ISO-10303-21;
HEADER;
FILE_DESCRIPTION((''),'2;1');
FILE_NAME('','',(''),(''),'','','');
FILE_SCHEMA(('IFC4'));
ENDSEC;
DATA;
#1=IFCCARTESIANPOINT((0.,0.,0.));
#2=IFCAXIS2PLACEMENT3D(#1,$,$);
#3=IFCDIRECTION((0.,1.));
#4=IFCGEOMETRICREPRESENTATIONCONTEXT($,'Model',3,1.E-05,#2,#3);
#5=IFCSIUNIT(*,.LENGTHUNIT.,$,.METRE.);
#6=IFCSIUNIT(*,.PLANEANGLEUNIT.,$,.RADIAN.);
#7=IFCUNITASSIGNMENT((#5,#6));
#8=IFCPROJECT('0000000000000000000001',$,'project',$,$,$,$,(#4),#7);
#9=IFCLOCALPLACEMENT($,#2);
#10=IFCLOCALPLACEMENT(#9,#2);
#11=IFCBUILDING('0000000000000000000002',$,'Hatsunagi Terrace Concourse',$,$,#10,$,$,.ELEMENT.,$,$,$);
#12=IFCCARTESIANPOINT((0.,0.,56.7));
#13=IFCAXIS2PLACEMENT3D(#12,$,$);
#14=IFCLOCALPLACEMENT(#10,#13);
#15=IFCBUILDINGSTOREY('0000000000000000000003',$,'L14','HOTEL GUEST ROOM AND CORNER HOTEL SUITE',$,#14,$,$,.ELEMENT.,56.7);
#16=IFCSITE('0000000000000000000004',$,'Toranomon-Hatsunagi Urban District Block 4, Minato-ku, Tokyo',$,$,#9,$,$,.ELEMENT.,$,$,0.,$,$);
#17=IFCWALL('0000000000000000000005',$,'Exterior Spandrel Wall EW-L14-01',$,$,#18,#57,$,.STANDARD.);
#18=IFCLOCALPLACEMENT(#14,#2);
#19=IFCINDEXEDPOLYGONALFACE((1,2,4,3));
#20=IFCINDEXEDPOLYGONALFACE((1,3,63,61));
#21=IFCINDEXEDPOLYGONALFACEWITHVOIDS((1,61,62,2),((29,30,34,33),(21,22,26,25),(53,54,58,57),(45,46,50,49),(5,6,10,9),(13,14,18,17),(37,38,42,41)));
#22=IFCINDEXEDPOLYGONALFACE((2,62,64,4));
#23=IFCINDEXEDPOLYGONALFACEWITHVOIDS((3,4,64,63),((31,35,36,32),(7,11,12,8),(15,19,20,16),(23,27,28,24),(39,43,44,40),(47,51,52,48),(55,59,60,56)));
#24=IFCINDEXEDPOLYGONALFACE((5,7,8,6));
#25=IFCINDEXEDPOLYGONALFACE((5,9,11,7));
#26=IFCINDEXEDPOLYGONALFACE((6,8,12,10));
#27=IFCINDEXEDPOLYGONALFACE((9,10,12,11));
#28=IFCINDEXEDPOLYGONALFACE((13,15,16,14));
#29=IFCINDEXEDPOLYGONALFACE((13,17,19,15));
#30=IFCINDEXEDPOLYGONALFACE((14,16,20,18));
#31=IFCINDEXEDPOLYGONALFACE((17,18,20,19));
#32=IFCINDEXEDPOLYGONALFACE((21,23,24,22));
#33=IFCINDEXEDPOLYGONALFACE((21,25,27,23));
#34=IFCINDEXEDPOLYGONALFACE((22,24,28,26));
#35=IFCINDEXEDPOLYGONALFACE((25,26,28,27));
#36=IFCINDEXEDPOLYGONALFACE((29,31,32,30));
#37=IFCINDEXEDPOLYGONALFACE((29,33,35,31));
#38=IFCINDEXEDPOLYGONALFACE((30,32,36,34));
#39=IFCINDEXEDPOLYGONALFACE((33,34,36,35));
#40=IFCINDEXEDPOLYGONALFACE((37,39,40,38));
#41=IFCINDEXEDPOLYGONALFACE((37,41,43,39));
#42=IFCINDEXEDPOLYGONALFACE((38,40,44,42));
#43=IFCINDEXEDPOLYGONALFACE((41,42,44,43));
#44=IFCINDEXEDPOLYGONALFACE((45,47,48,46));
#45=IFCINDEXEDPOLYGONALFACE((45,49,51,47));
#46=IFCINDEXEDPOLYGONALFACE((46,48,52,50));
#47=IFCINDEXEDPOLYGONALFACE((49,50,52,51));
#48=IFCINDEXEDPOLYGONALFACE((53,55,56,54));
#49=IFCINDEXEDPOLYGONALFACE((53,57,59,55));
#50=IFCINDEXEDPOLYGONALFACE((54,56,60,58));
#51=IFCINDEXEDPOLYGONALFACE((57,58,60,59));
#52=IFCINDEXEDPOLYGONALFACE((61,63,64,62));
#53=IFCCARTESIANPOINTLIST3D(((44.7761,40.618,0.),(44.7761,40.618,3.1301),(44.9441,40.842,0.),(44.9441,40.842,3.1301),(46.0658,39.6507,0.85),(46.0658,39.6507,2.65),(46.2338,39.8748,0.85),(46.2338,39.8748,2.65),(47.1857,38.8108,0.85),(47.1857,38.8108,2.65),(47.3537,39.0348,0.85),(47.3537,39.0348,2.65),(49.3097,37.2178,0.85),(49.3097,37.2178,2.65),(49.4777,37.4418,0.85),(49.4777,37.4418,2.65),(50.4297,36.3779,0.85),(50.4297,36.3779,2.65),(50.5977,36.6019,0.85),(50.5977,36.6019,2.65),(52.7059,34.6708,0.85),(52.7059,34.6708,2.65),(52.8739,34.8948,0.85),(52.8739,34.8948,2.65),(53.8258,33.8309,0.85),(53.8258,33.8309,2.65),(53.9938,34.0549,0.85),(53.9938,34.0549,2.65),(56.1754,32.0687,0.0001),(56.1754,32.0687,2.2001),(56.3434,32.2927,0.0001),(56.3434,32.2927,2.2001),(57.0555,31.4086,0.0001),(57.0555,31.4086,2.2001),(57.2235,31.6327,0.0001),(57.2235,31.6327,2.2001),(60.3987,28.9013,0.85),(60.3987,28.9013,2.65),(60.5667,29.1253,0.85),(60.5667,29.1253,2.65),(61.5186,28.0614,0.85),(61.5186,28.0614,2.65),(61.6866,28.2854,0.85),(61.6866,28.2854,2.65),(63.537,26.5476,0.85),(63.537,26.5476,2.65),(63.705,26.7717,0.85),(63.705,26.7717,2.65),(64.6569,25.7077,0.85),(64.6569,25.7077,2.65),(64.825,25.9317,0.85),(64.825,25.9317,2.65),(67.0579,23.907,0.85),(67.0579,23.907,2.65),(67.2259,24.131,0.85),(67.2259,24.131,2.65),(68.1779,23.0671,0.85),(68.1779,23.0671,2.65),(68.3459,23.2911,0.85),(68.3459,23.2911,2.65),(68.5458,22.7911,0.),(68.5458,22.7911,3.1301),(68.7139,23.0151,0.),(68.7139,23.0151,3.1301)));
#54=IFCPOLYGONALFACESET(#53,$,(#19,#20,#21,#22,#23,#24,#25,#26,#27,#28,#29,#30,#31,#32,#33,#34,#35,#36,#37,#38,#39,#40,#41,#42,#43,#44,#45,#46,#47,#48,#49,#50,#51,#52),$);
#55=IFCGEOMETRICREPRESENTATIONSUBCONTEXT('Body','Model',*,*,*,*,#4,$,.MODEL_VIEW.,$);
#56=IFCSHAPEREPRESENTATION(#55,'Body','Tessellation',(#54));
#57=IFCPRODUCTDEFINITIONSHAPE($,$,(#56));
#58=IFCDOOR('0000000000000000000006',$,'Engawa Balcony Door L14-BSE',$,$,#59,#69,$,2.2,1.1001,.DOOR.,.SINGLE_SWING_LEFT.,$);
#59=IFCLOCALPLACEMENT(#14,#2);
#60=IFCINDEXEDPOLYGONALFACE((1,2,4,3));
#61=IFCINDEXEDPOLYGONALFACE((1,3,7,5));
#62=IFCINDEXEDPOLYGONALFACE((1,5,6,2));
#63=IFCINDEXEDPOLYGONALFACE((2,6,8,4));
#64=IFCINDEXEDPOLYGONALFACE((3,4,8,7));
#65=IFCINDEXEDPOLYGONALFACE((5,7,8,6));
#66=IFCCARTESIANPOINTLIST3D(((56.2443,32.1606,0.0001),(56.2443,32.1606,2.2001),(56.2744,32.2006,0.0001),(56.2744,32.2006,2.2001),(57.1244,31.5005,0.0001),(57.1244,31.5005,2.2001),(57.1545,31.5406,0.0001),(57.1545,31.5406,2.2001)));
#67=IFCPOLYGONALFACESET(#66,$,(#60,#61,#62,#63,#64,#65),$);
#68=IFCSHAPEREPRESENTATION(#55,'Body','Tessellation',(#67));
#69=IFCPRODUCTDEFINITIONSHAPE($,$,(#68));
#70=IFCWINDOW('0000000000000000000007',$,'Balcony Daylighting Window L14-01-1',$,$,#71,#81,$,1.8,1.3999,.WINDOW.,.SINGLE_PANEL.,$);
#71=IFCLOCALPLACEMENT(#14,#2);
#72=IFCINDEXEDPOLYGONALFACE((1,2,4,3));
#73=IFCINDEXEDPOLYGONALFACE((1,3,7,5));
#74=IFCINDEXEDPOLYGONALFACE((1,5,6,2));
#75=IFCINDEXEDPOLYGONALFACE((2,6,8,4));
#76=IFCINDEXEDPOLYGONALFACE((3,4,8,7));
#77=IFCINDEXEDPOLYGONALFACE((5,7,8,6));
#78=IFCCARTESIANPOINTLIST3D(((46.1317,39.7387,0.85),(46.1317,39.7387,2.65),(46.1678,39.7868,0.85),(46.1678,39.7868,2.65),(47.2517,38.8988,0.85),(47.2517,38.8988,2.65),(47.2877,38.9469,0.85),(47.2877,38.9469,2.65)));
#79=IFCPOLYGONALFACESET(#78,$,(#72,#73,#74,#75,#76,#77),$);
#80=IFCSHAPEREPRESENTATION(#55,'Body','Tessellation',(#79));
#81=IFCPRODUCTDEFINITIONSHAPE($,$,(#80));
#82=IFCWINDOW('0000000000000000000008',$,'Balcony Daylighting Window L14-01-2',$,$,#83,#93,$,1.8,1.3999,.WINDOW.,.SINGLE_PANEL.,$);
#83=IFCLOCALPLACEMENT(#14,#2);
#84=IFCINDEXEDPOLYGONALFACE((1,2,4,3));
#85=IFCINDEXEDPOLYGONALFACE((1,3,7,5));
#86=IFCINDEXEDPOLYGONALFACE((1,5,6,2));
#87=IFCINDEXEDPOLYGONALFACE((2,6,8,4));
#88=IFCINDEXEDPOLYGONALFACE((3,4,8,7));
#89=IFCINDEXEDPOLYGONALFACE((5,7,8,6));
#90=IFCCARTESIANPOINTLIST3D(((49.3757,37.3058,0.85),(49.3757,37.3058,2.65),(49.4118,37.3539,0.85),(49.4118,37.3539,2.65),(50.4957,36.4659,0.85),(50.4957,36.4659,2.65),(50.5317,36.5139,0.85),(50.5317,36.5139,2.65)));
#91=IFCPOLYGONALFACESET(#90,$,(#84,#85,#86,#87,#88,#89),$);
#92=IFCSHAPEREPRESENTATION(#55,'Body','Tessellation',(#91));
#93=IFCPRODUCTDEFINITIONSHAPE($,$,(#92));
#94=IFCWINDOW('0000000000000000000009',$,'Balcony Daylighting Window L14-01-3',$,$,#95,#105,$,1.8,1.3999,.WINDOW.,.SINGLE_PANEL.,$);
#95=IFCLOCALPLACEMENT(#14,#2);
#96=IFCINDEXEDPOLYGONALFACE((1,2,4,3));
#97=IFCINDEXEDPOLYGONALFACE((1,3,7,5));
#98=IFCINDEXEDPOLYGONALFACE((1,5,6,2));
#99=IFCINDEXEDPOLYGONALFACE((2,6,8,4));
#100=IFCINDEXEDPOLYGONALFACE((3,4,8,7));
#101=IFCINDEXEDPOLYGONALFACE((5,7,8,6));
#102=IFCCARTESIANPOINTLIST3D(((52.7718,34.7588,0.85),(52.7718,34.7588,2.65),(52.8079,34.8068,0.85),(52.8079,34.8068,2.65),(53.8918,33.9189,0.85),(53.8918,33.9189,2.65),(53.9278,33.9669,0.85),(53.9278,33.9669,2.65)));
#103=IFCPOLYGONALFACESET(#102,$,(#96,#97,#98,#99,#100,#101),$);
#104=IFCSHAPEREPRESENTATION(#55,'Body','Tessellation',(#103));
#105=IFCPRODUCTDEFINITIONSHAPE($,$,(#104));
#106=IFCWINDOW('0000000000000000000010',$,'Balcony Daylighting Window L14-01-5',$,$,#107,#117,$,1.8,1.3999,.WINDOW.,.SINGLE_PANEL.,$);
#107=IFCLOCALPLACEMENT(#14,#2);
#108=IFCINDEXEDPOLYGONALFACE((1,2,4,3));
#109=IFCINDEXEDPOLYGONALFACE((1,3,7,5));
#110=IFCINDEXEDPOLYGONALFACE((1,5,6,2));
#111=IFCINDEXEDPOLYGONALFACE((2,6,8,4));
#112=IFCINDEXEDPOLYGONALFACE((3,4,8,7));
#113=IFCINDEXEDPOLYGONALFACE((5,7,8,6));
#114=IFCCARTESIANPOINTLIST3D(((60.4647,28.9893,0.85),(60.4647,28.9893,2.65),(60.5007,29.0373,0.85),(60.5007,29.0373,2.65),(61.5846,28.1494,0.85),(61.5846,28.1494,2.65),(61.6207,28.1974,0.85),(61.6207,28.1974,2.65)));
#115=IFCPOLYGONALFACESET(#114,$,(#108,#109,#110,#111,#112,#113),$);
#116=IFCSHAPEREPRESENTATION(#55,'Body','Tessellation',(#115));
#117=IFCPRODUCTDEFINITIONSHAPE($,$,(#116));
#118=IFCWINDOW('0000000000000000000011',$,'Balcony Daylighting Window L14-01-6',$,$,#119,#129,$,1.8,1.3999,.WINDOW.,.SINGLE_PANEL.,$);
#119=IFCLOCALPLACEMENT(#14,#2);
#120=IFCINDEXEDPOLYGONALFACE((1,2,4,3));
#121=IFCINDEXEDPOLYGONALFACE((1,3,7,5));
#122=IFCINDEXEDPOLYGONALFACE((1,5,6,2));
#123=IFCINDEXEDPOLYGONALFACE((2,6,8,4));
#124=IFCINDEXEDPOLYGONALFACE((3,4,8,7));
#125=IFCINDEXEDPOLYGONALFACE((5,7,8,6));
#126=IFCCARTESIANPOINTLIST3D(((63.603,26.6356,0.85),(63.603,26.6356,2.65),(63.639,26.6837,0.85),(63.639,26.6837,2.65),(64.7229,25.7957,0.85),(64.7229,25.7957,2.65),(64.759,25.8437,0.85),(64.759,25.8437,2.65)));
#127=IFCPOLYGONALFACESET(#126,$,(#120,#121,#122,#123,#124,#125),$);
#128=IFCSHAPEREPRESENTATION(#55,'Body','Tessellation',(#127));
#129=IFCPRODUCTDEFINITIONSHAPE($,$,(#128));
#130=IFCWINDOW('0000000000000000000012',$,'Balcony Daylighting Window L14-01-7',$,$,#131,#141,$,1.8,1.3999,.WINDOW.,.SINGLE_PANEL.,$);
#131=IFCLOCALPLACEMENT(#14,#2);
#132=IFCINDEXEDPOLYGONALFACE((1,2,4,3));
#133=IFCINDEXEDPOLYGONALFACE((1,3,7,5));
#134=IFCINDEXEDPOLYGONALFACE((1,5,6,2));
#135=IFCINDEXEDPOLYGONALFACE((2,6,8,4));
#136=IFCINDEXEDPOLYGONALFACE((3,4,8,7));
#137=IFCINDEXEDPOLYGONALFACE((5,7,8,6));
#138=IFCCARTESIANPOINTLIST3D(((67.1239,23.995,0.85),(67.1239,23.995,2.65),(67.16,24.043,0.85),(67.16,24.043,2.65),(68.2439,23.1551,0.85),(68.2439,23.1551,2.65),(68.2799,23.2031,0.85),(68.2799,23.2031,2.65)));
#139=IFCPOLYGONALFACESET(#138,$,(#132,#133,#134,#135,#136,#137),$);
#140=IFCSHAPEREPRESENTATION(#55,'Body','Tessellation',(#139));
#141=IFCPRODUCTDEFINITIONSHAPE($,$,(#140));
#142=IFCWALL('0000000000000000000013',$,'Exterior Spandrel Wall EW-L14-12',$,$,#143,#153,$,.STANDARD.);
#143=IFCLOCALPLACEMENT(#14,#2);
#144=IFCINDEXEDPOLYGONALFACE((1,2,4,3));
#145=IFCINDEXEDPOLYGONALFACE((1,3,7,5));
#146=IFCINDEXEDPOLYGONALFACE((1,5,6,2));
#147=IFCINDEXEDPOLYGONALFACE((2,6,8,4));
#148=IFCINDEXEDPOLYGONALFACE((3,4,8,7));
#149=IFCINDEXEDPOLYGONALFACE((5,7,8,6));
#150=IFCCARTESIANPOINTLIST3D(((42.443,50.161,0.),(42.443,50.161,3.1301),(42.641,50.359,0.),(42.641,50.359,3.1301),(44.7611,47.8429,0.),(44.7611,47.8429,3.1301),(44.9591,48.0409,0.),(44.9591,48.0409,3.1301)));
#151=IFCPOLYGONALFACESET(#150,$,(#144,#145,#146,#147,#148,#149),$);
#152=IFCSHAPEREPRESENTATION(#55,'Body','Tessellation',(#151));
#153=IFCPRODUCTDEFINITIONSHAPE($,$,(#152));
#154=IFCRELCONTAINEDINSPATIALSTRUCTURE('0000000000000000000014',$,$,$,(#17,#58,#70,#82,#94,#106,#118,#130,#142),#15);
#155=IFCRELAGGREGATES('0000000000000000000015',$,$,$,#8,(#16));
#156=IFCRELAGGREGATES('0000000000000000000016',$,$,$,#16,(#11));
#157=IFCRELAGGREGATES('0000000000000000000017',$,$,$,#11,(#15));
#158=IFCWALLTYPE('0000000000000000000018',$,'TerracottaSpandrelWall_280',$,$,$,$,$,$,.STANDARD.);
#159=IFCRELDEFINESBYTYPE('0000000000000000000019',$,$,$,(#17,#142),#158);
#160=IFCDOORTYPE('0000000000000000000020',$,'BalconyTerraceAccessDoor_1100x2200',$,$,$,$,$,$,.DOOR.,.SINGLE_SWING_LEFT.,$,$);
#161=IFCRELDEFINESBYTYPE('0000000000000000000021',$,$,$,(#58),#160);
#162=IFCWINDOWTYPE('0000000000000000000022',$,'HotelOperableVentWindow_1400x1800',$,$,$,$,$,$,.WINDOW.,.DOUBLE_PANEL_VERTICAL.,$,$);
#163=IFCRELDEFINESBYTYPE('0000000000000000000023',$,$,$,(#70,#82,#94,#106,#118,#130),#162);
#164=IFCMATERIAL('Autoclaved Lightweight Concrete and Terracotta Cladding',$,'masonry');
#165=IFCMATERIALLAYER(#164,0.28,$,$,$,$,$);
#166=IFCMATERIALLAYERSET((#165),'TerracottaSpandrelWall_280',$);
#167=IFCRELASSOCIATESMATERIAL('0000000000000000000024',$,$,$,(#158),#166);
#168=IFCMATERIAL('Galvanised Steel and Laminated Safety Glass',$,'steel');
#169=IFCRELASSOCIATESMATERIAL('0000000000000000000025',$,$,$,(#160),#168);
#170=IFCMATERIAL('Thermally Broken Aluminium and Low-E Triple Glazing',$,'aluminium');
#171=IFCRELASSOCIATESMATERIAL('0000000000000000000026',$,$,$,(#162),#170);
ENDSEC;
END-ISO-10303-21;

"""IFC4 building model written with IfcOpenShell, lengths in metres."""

from ifc_helpers import new_model, si_unit, direction, frame, frame_2d, origin, place, context, subcontext, project, spatial, rectangle, extrude, material, layer, layer_set, type_object, element, fill, save


model = new_model("IFC4")

# Units and contexts
model_context = context("Model", 3, precision=1e-05, world=origin(), true_north=direction((0.0, 1.0)))
body_context = subcontext(model_context, "Body", "Model", "MODEL_VIEW")
ifc_project = project(units=[si_unit("LENGTHUNIT", "METRE"), si_unit("PLANEANGLEUNIT", "RADIAN")], contexts=[model_context])

# Site, building, storey
site_placement = place(None, origin())
site = spatial("IfcSite", under=ifc_project, at=site_placement, Name="Toranomon-Hatsunagi Urban District Block 4, Minato-ku, Tokyo", CompositionType="ELEMENT", RefElevation=0.0)
building_placement = place(site_placement, origin())
building = spatial("IfcBuilding", under=site, at=building_placement, Name="Hatsunagi Terrace Concourse", CompositionType="ELEMENT")
storey_placement = place(building_placement, frame((0.0, 0.0, 56.7)))
storey = spatial("IfcBuildingStorey", under=building, at=storey_placement, Name="L14", Description="HOTEL GUEST ROOM AND CORNER HOTEL SUITE", CompositionType="ELEMENT", Elevation=56.7)

# Wall, openings, door, windows
ifc_material_1 = material(Name="Autoclaved Lightweight Concrete and Terracotta Cladding", Category="masonry")
ifc_layer_1 = layer(ifc_material_1, 0.28)
ifc_layer_set_1 = layer_set([ifc_layer_1], Name="TerracottaSpandrelWall_280")
wall_type_1 = type_object("IfcWallType", Name="TerracottaSpandrelWall_280", PredefinedType="STANDARD", material=ifc_layer_set_1)
wall_1_placement = place(storey_placement, frame((44.8601, 40.73, 0.0), z_axis=(0.0, 0.0, 1.0), x_axis=(0.800007, -0.599991, 0.0)))
wall_1 = element("IfcWall", 1, at=wall_1_placement, inside=storey, type_object=wall_type_1, Name="Exterior Spandrel Wall EW-L14-01", PredefinedType="STANDARD", context=body_context, shape_type="SweptSolid", body=[
    extrude(rectangle(XDim=29.7119, YDim=0.28, at=frame_2d((14.856, 0.0))), origin(), (0.0, 0.0, 1.0), 3.1301),
])
opening_1_placement = place(wall_1_placement, frame((14.249, 0.0, 0.0)))
opening_1 = element("IfcOpeningElement", 2, at=opening_1_placement, cuts=wall_1, PredefinedType="OPENING", context=body_context, shape_type="SweptSolid", body=[
    extrude(rectangle(XDim=1.1001, YDim=2.2, at=frame_2d((0.55, 1.1001))), frame((0.0, 0.1499, 0.0), z_axis=(0.0, -1.0, 0.0), x_axis=(1.0, 0.0, 0.0)), (0.0, 0.0, 1.0), 0.3),
])
opening_2_placement = place(wall_1_placement, frame((1.6121, 0.0, 0.8501)))
opening_2 = element("IfcOpeningElement", 3, at=opening_2_placement, cuts=wall_1, PredefinedType="OPENING", context=body_context, shape_type="SweptSolid", body=[
    extrude(rectangle(XDim=1.3999, YDim=1.8, at=frame_2d((0.7, 0.8999))), frame((0.0, 0.1499, 0.0), z_axis=(0.0, -1.0, 0.0), x_axis=(1.0, 0.0, 0.0)), (0.0, 0.0, 1.0), 0.3),
])
opening_3_placement = place(wall_1_placement, frame((5.667, 0.0, 0.8501)))
opening_3 = element("IfcOpeningElement", 4, at=opening_3_placement, cuts=wall_1, PredefinedType="OPENING", context=body_context, shape_type="SweptSolid", body=[
    extrude(rectangle(XDim=1.3999, YDim=1.8, at=frame_2d((0.7, 0.8999))), frame((0.0, 0.1499, 0.0), z_axis=(0.0, -1.0, 0.0), x_axis=(1.0, 0.0, 0.0)), (0.0, 0.0, 1.0), 0.3),
])
opening_4_placement = place(wall_1_placement, frame((9.9121, 0.0, 0.8501)))
opening_4 = element("IfcOpeningElement", 5, at=opening_4_placement, cuts=wall_1, PredefinedType="OPENING", context=body_context, shape_type="SweptSolid", body=[
    extrude(rectangle(XDim=1.3999, YDim=1.8, at=frame_2d((0.7, 0.8999))), frame((0.0, 0.1499, 0.0), z_axis=(0.0, -1.0, 0.0), x_axis=(1.0, 0.0, 0.0)), (0.0, 0.0, 1.0), 0.3),
])
opening_5_placement = place(wall_1_placement, frame((19.5281, 0.0, 0.8501)))
opening_5 = element("IfcOpeningElement", 6, at=opening_5_placement, cuts=wall_1, PredefinedType="OPENING", context=body_context, shape_type="SweptSolid", body=[
    extrude(rectangle(XDim=1.3999, YDim=1.8, at=frame_2d((0.7, 0.8999))), frame((0.0, 0.1499, 0.0), z_axis=(0.0, -1.0, 0.0), x_axis=(1.0, 0.0, 0.0)), (0.0, 0.0, 1.0), 0.3),
])
opening_6_placement = place(wall_1_placement, frame((23.4509, 0.0, 0.8501)))
opening_6 = element("IfcOpeningElement", 7, at=opening_6_placement, cuts=wall_1, PredefinedType="OPENING", context=body_context, shape_type="SweptSolid", body=[
    extrude(rectangle(XDim=1.3999, YDim=1.8, at=frame_2d((0.7, 0.8999))), frame((0.0, 0.1499, 0.0), z_axis=(0.0, -1.0, 0.0), x_axis=(1.0, 0.0, 0.0)), (0.0, 0.0, 1.0), 0.3),
])
opening_7_placement = place(wall_1_placement, frame((27.8521, 0.0, 0.8501)))
opening_7 = element("IfcOpeningElement", 8, at=opening_7_placement, cuts=wall_1, PredefinedType="OPENING", context=body_context, shape_type="SweptSolid", body=[
    extrude(rectangle(XDim=1.3999, YDim=1.8, at=frame_2d((0.7, 0.8999))), frame((0.0, 0.1499, 0.0), z_axis=(0.0, -1.0, 0.0), x_axis=(1.0, 0.0, 0.0)), (0.0, 0.0, 1.0), 0.3),
])
ifc_material_2 = material(Name="Galvanised Steel and Laminated Safety Glass", Category="steel")
door_type = type_object("IfcDoorType", Name="BalconyTerraceAccessDoor_1100x2200", OperationType="SINGLE_SWING_LEFT", PredefinedType="DOOR", material=ifc_material_2)
door_placement = place(opening_1_placement, origin())
door = element("IfcDoor", 9, at=door_placement, inside=storey, type_object=door_type, Name="Engawa Balcony Door L14-BSE", OperationType="SINGLE_SWING_LEFT", OverallHeight=2.2, OverallWidth=1.1001, PredefinedType="DOOR", context=body_context, shape_type="SweptSolid", body=[
    extrude(rectangle(XDim=1.1001, YDim=2.2, at=frame_2d((0.55, 1.1001))), frame((0.0, 0.0249, 0.0), z_axis=(0.0, -1.0, 0.0), x_axis=(1.0, 0.0, 0.0)), (0.0, 0.0, 1.0), 0.05),
])
fill(opening_1, door)
ifc_material_3 = material(Name="Thermally Broken Aluminium and Low-E Triple Glazing", Category="aluminium")
window_type = type_object("IfcWindowType", Name="HotelOperableVentWindow_1400x1800", PartitioningType="DOUBLE_PANEL_VERTICAL", PredefinedType="WINDOW", material=ifc_material_3)
window_1_placement = place(opening_2_placement, origin())
window_1 = element("IfcWindow", 10, at=window_1_placement, inside=storey, type_object=window_type, Name="Balcony Daylighting Window L14-01-1", OverallHeight=1.8, OverallWidth=1.3999, PartitioningType="SINGLE_PANEL", PredefinedType="WINDOW", context=body_context, shape_type="SweptSolid", body=[
    extrude(rectangle(XDim=1.3999, YDim=1.8, at=frame_2d((0.7, 0.8999))), frame((0.0, 0.03, 0.0), z_axis=(0.0, -1.0, 0.0), x_axis=(1.0, 0.0, 0.0)), (0.0, 0.0, 1.0), 0.0601),
])
fill(opening_2, window_1)
window_2_placement = place(opening_3_placement, origin())
window_2 = element("IfcWindow", 11, at=window_2_placement, inside=storey, type_object=window_type, Name="Balcony Daylighting Window L14-01-2", OverallHeight=1.8, OverallWidth=1.3999, PartitioningType="SINGLE_PANEL", PredefinedType="WINDOW", context=body_context, shape_type="SweptSolid", body=[
    extrude(rectangle(XDim=1.3999, YDim=1.8, at=frame_2d((0.7, 0.8999))), frame((0.0, 0.03, 0.0), z_axis=(0.0, -1.0, 0.0), x_axis=(1.0, 0.0, 0.0)), (0.0, 0.0, 1.0), 0.0601),
])
fill(opening_3, window_2)
window_3_placement = place(opening_4_placement, origin())
window_3 = element("IfcWindow", 12, at=window_3_placement, inside=storey, type_object=window_type, Name="Balcony Daylighting Window L14-01-3", OverallHeight=1.8, OverallWidth=1.3999, PartitioningType="SINGLE_PANEL", PredefinedType="WINDOW", context=body_context, shape_type="SweptSolid", body=[
    extrude(rectangle(XDim=1.3999, YDim=1.8, at=frame_2d((0.7, 0.8999))), frame((0.0, 0.03, 0.0), z_axis=(0.0, -1.0, 0.0), x_axis=(1.0, 0.0, 0.0)), (0.0, 0.0, 1.0), 0.0601),
])
fill(opening_4, window_3)
window_4_placement = place(opening_5_placement, origin())
window_4 = element("IfcWindow", 13, at=window_4_placement, inside=storey, type_object=window_type, Name="Balcony Daylighting Window L14-01-5", OverallHeight=1.8, OverallWidth=1.3999, PartitioningType="SINGLE_PANEL", PredefinedType="WINDOW", context=body_context, shape_type="SweptSolid", body=[
    extrude(rectangle(XDim=1.3999, YDim=1.8, at=frame_2d((0.7, 0.8999))), frame((0.0, 0.03, 0.0), z_axis=(0.0, -1.0, 0.0), x_axis=(1.0, 0.0, 0.0)), (0.0, 0.0, 1.0), 0.0601),
])
fill(opening_5, window_4)
window_5_placement = place(opening_6_placement, origin())
window_5 = element("IfcWindow", 14, at=window_5_placement, inside=storey, type_object=window_type, Name="Balcony Daylighting Window L14-01-6", OverallHeight=1.8, OverallWidth=1.3999, PartitioningType="SINGLE_PANEL", PredefinedType="WINDOW", context=body_context, shape_type="SweptSolid", body=[
    extrude(rectangle(XDim=1.3999, YDim=1.8, at=frame_2d((0.7, 0.8999))), frame((0.0, 0.03, 0.0), z_axis=(0.0, -1.0, 0.0), x_axis=(1.0, 0.0, 0.0)), (0.0, 0.0, 1.0), 0.0601),
])
fill(opening_6, window_5)
window_6_placement = place(opening_7_placement, origin())
window_6 = element("IfcWindow", 15, at=window_6_placement, inside=storey, type_object=window_type, Name="Balcony Daylighting Window L14-01-7", OverallHeight=1.8, OverallWidth=1.3999, PartitioningType="SINGLE_PANEL", PredefinedType="WINDOW", context=body_context, shape_type="SweptSolid", body=[
    extrude(rectangle(XDim=1.3999, YDim=1.8, at=frame_2d((0.7, 0.8999))), frame((0.0, 0.03, 0.0), z_axis=(0.0, -1.0, 0.0), x_axis=(1.0, 0.0, 0.0)), (0.0, 0.0, 1.0), 0.0601),
])
fill(opening_7, window_6)

# Wall
wall_2_placement = place(storey_placement, frame((42.542, 50.26, 0.0), z_axis=(0.0, 0.0, 1.0), x_axis=(0.707107, -0.707107, 0.0)))
element("IfcWall", 16, at=wall_2_placement, inside=storey, type_object=wall_type_1, Name="Exterior Spandrel Wall EW-L14-12", PredefinedType="STANDARD", context=body_context, shape_type="SweptSolid", body=[
    extrude(rectangle(XDim=3.2783, YDim=0.28, at=frame_2d((1.6392, 0.0))), origin(), (0.0, 0.0, 1.0), 3.1301),
])

save(model, "model.ifc")
